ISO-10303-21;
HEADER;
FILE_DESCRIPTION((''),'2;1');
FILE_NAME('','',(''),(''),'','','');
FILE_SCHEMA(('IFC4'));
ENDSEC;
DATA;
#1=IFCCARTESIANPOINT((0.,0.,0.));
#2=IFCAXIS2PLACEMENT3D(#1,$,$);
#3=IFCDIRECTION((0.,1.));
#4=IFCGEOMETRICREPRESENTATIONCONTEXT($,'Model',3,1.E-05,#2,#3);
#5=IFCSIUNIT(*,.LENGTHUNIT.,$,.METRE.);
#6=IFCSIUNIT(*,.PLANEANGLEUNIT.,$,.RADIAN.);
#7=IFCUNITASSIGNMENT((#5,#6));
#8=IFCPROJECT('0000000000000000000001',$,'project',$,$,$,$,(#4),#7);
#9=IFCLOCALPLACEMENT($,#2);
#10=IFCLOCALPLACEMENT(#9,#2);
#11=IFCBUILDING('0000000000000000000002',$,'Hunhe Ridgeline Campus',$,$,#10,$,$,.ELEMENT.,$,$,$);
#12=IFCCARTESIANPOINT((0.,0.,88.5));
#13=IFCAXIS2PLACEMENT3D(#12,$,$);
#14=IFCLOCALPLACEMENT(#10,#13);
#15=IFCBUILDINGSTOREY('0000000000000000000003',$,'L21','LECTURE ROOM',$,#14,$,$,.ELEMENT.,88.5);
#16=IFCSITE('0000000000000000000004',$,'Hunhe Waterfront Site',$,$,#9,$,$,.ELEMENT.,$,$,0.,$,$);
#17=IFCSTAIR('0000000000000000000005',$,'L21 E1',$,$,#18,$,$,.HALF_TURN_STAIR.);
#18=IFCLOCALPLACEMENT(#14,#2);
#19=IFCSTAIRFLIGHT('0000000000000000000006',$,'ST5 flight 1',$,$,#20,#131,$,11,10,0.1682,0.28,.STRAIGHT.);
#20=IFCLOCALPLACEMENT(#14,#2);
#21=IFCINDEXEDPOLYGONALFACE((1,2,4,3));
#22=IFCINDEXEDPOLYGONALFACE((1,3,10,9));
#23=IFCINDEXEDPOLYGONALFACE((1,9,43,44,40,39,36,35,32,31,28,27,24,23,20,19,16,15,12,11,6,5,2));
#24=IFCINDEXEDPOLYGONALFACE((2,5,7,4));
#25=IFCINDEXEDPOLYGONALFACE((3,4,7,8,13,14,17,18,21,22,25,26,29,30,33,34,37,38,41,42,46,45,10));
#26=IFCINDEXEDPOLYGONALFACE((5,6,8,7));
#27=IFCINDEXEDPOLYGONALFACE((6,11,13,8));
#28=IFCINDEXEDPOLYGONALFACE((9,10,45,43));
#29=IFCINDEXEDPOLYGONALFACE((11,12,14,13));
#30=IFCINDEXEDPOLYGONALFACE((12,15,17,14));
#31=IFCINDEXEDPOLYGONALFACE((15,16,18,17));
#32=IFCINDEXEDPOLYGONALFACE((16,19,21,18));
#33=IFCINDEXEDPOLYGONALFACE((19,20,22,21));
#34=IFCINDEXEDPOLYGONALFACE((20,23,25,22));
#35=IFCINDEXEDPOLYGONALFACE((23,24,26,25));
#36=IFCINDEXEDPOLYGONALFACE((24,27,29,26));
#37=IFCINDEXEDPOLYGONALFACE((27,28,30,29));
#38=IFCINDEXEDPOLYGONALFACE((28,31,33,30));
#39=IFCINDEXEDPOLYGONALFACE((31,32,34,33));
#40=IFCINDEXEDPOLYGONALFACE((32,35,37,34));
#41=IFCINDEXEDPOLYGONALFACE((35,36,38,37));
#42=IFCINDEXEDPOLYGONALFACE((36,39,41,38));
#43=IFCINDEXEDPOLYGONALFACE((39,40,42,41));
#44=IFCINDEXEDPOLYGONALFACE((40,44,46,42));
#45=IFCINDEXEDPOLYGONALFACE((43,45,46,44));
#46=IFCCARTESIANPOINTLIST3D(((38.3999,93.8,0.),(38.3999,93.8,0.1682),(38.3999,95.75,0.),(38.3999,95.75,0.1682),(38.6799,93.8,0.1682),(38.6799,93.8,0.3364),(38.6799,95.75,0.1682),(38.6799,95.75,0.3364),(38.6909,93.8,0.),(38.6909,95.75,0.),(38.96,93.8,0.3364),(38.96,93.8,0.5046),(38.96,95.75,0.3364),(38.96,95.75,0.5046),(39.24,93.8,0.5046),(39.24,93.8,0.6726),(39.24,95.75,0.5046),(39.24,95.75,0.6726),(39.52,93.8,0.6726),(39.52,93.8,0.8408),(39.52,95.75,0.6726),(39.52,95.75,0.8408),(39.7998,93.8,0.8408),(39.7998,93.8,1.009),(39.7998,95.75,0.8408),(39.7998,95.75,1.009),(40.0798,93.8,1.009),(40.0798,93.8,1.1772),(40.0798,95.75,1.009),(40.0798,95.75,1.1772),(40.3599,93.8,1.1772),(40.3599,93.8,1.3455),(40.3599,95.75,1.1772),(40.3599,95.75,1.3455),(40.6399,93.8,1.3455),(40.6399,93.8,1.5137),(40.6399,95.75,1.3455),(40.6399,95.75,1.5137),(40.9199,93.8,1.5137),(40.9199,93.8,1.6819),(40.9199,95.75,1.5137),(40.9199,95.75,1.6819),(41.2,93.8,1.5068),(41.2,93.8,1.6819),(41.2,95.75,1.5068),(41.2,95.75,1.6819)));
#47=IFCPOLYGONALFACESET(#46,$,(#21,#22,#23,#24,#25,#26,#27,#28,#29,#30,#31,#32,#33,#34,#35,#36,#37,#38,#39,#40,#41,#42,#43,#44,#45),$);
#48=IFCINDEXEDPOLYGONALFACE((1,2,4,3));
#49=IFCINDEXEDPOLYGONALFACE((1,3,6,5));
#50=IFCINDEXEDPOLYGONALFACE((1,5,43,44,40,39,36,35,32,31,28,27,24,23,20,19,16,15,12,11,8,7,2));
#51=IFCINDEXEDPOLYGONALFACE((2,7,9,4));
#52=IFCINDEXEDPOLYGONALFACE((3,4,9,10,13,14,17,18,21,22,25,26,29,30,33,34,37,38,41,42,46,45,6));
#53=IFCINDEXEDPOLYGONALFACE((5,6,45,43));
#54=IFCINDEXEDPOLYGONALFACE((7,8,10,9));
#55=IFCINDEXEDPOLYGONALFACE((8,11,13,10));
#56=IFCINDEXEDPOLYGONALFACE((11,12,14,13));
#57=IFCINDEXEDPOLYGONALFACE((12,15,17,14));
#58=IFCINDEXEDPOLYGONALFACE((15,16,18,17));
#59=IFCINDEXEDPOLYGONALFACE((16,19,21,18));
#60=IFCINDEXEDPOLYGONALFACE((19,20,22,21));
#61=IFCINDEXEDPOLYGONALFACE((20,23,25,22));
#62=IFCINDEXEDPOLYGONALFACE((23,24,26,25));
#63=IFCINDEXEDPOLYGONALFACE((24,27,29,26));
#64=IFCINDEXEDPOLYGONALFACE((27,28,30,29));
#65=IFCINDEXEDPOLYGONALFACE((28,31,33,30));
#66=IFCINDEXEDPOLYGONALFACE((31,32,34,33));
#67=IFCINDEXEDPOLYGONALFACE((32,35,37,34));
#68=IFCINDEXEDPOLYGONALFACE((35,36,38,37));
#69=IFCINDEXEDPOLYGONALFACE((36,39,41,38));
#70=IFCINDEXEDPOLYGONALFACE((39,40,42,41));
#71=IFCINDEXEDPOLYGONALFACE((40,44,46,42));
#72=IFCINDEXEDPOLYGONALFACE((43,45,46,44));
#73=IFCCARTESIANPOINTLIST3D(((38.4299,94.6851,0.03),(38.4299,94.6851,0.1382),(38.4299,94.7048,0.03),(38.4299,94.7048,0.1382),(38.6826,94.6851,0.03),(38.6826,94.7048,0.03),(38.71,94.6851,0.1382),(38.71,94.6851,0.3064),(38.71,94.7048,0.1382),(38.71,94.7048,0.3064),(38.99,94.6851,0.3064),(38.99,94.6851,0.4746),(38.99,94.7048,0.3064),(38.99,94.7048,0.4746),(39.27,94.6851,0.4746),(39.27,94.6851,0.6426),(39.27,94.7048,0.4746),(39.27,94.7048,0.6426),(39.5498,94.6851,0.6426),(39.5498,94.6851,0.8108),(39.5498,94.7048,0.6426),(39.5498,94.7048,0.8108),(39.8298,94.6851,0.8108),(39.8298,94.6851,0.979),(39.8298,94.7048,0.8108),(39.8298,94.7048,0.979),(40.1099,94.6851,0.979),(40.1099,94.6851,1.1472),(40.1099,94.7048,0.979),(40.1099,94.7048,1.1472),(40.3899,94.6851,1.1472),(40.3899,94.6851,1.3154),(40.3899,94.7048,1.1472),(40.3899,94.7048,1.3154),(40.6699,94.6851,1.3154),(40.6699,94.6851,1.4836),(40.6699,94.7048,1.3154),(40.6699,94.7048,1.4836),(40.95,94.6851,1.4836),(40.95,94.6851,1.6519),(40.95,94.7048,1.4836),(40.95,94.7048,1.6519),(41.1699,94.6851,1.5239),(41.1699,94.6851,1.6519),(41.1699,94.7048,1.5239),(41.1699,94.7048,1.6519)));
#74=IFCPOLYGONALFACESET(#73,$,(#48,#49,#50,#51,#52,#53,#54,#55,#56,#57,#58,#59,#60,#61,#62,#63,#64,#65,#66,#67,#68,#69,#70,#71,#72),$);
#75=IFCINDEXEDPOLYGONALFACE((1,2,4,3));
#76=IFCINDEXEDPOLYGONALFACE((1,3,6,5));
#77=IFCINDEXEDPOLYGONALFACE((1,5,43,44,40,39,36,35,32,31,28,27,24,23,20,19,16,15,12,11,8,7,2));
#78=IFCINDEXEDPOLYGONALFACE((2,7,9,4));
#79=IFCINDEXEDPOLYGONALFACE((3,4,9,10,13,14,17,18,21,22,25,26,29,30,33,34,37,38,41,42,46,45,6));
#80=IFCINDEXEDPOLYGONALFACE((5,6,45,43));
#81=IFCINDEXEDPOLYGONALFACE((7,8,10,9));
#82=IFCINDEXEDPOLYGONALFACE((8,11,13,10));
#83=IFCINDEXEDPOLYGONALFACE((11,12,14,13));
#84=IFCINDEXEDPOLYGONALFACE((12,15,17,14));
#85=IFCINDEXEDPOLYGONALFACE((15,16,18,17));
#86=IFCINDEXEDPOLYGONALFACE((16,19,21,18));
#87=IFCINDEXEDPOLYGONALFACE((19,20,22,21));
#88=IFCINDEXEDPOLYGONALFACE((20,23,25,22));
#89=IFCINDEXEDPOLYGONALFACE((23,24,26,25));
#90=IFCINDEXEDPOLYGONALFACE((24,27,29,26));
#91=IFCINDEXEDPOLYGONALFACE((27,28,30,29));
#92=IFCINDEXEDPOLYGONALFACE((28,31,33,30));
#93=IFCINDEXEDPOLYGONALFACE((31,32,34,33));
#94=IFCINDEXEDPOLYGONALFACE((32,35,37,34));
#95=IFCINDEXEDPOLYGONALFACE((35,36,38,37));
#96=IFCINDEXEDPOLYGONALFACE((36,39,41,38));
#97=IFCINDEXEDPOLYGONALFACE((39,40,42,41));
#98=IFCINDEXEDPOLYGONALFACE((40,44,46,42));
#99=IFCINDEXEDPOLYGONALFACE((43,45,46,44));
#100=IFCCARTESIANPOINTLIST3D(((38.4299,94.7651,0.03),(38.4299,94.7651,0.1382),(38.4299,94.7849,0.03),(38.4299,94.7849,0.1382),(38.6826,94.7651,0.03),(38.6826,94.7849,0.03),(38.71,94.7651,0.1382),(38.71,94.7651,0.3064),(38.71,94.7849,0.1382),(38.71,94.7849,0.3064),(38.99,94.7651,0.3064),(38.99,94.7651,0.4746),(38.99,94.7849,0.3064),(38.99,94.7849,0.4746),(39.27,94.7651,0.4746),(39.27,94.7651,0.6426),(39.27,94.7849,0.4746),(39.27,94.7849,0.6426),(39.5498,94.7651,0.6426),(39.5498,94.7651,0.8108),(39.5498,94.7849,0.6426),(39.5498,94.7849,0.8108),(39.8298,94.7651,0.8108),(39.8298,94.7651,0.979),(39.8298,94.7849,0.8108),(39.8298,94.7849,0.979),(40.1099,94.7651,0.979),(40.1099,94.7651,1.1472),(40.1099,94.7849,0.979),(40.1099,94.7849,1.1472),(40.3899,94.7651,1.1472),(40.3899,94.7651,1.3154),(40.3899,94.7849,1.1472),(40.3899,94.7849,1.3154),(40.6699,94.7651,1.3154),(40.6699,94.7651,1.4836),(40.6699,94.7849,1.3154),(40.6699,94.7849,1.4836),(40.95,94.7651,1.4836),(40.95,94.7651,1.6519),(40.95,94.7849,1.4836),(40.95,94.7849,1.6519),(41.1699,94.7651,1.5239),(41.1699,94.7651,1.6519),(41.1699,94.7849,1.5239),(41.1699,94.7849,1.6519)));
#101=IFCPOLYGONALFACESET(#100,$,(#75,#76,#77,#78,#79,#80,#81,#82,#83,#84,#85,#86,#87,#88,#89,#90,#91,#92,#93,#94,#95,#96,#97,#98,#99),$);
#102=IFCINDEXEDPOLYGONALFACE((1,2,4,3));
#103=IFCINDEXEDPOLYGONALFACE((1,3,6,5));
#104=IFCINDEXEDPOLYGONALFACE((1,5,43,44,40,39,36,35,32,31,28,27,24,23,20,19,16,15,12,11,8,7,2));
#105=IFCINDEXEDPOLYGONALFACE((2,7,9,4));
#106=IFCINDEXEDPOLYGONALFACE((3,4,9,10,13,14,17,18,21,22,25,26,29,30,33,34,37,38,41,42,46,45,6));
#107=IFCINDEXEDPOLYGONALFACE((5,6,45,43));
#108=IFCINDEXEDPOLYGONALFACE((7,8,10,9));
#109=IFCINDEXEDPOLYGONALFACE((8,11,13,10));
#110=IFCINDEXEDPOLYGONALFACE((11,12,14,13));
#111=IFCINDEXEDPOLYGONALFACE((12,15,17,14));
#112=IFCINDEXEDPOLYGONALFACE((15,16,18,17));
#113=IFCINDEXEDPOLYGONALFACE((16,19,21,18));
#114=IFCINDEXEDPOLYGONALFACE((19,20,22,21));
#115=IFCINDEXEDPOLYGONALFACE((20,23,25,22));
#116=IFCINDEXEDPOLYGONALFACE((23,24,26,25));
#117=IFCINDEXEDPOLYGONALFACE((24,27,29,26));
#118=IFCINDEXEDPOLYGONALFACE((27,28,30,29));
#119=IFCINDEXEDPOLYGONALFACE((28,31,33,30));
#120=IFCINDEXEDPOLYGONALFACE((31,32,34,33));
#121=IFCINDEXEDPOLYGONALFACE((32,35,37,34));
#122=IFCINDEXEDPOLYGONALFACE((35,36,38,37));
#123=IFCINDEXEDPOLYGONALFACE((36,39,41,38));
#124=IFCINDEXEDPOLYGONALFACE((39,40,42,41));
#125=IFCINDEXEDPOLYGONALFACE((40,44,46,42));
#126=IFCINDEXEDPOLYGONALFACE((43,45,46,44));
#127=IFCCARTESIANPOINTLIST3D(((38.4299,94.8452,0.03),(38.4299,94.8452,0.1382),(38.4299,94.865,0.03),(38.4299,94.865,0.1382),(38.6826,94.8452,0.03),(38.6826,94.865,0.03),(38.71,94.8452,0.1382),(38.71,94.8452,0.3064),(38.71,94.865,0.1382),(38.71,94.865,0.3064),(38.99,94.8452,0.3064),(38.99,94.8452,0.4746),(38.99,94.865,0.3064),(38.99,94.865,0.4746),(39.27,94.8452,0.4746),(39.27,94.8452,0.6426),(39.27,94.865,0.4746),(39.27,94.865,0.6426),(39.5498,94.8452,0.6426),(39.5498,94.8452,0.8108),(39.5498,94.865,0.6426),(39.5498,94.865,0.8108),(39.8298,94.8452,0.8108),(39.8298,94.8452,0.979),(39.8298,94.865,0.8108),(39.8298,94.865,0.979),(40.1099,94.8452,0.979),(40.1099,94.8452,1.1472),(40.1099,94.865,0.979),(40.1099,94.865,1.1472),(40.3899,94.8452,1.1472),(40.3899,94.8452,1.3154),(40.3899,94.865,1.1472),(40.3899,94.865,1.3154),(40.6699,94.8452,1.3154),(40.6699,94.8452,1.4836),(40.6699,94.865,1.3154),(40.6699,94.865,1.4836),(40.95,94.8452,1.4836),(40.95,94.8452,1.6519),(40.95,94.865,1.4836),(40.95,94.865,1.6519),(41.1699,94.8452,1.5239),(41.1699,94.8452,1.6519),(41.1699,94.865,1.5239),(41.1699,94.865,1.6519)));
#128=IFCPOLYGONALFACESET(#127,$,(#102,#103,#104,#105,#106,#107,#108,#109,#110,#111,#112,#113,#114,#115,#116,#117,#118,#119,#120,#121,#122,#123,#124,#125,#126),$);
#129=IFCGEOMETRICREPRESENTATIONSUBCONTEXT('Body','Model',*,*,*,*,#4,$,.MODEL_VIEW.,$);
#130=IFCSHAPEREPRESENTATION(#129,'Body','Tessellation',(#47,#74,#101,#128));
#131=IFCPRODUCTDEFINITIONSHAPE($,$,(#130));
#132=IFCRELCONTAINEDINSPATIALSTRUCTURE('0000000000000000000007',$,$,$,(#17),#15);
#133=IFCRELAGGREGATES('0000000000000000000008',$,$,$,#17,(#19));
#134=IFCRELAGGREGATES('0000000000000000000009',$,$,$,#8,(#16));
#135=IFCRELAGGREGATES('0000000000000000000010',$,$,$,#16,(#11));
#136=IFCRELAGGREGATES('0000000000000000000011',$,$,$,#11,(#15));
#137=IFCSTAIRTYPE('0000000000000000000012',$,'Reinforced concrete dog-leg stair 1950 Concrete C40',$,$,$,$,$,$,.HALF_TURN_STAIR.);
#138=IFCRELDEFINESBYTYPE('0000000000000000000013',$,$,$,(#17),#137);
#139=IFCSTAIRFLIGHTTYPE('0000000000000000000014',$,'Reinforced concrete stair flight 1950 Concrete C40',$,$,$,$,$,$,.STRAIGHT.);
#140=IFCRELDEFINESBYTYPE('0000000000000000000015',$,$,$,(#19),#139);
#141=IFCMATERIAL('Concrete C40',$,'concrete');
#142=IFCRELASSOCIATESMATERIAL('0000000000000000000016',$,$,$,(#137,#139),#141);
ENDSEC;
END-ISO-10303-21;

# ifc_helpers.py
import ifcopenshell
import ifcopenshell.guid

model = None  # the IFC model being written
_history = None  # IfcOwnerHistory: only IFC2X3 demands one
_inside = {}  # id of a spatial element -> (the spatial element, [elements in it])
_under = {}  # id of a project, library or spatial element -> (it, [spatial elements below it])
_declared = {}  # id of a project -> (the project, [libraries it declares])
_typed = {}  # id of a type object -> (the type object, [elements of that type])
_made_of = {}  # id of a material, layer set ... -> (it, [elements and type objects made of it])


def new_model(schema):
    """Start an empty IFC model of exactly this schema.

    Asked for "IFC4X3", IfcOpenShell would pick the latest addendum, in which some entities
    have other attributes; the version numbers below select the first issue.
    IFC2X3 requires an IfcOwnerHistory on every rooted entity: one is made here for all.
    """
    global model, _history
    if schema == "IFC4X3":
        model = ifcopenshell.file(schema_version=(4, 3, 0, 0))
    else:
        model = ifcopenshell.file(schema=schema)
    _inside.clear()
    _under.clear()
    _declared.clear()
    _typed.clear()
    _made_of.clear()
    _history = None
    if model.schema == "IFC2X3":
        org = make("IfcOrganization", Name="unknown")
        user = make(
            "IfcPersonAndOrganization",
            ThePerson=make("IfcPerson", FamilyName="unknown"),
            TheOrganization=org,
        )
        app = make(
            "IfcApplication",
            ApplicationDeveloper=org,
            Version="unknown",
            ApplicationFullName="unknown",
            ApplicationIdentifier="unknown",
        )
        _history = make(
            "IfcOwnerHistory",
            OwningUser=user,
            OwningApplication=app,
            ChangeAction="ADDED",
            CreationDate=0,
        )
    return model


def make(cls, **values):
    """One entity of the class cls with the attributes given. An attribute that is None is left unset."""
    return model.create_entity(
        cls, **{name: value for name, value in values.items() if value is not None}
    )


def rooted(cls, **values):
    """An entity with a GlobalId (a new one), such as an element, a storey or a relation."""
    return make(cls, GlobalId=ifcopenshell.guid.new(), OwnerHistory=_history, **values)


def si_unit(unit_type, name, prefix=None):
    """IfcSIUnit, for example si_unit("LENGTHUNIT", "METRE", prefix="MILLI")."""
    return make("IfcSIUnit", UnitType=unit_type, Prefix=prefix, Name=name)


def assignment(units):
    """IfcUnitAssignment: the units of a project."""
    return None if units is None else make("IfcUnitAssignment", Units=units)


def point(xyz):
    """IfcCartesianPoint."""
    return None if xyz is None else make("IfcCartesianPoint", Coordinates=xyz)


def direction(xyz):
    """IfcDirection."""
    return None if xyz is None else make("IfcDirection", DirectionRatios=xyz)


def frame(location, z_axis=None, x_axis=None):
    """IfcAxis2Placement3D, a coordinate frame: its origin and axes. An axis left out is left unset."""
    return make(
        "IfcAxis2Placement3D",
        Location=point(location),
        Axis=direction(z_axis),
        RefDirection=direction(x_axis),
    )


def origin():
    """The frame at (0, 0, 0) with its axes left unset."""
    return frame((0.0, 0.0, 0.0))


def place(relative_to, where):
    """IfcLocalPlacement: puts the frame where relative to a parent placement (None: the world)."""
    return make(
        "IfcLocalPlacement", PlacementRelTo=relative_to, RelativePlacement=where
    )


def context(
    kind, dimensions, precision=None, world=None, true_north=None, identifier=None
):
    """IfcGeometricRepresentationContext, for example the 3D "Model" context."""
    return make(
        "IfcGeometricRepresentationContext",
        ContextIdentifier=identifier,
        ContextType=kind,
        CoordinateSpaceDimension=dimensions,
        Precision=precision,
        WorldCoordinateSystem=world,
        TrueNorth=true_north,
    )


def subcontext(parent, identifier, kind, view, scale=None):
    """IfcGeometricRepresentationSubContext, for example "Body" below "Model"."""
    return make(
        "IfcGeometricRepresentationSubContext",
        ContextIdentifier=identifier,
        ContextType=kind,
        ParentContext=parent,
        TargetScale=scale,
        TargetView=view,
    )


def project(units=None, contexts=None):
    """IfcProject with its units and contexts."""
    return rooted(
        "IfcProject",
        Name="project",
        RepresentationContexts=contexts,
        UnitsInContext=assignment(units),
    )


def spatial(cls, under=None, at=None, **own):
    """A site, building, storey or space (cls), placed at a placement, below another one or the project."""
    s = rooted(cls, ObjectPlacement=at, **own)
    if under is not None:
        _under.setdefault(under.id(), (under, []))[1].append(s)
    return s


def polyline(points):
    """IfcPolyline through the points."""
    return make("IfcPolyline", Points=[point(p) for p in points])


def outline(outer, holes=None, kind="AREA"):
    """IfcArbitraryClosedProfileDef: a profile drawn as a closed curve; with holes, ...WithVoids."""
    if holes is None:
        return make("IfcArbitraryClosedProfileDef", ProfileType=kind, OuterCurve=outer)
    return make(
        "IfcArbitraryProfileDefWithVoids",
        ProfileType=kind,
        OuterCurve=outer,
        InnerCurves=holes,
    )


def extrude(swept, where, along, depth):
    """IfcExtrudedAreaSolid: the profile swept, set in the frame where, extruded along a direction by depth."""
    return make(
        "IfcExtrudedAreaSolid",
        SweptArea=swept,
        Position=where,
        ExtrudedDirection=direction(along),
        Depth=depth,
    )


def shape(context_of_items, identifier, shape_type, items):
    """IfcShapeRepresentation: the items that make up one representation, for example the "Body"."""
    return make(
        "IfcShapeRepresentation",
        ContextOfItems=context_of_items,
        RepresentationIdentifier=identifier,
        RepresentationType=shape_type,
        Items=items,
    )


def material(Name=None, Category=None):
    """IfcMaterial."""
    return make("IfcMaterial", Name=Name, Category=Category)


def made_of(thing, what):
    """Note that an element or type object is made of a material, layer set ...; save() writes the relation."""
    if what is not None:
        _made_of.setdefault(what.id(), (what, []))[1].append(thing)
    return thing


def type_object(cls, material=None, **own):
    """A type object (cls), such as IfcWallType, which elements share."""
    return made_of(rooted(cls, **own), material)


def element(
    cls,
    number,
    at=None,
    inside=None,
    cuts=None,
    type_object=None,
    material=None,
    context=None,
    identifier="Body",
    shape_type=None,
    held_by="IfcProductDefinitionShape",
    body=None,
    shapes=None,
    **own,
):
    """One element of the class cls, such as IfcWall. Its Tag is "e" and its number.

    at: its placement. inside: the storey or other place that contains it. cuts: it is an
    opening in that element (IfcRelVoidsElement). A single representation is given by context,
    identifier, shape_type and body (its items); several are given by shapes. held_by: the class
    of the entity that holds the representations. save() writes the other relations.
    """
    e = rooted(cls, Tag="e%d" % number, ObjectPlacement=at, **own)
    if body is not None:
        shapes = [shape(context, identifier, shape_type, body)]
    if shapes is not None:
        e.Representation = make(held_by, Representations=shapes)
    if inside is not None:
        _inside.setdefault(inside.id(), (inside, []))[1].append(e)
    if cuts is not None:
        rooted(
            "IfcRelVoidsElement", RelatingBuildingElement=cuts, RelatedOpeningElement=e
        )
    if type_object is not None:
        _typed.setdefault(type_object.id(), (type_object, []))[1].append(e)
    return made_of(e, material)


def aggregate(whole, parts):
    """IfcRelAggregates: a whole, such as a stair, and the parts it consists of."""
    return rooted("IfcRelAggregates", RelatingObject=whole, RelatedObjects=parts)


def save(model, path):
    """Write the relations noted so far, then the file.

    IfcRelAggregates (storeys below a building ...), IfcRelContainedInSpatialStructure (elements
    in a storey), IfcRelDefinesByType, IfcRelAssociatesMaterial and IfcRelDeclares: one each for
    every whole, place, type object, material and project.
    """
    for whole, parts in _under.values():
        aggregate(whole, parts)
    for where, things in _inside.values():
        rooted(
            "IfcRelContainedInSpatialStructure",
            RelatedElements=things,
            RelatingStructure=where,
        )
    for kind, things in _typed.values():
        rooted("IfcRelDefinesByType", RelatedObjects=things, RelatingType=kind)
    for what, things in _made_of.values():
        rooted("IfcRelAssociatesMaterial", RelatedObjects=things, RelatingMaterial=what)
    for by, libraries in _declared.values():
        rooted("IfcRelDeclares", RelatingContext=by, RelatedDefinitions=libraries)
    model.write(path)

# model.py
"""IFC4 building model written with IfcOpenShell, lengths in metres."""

from ifc_helpers import new_model, si_unit, direction, frame, origin, place, context, subcontext, project, spatial, polyline, outline, extrude, material, type_object, element, aggregate, save


model = new_model("IFC4")

# Units and contexts
model_context = context("Model", 3, precision=1e-05, world=origin(), true_north=direction((0.0, 1.0)))
body_context = subcontext(model_context, "Body", "Model", "MODEL_VIEW")
ifc_project = project(units=[si_unit("LENGTHUNIT", "METRE"), si_unit("PLANEANGLEUNIT", "RADIAN")], contexts=[model_context])

# Site, building, storey
site_placement = place(None, origin())
site = spatial("IfcSite", under=ifc_project, at=site_placement, Name="Hunhe Waterfront Site", CompositionType="ELEMENT", RefElevation=0.0)
building_placement = place(site_placement, origin())
building = spatial("IfcBuilding", under=site, at=building_placement, Name="Hunhe Ridgeline Campus", CompositionType="ELEMENT")
storey_placement = place(building_placement, frame((0.0, 0.0, 88.5)))
storey = spatial("IfcBuildingStorey", under=building, at=storey_placement, Name="L21", Description="LECTURE ROOM", CompositionType="ELEMENT", Elevation=88.5)

# Shared definitions
ifc_material_1 = material(Name="Concrete C40", Category="concrete")
stair_type = type_object("IfcStairType", Name="Reinforced concrete dog-leg stair 1950 Concrete C40", PredefinedType="HALF_TURN_STAIR", material=ifc_material_1)
stair_flight_type = type_object("IfcStairFlightType", Name="Reinforced concrete stair flight 1950 Concrete C40", PredefinedType="STRAIGHT", material=ifc_material_1)

# Stair, stair flight
stair_1_placement = place(storey_placement, origin())
stair_1 = element("IfcStair", 1, at=stair_1_placement, inside=storey, type_object=stair_type, Name="L21 E1", PredefinedType="HALF_TURN_STAIR")
stair_flight_1_placement = place(storey_placement, frame((38.3999, 94.7749, 0.0), z_axis=(0.0, 0.0, 1.0), x_axis=(1.0, 0.0, 0.0)))
stair_flight_1 = element("IfcStairFlight", 2, at=stair_flight_1_placement, type_object=stair_flight_type, Name="ST5 flight 1", NumberOfRisers=11, NumberOfTreads=10, PredefinedType="STRAIGHT", RiserHeight=0.1682, TreadLength=0.28, context=body_context, shape_type="SweptSolid", body=[
    extrude(outline(polyline([(0.0, 0.0), (0.0, 0.1682), (0.28, 0.1682), (0.28, 0.3364), (0.5601, 0.3364), (0.5601, 0.5046), (0.8401, 0.5046), (0.8401, 0.6726), (1.1201, 0.6726), (1.1201, 0.8408), (1.3999, 0.8408), (1.3999, 1.009), (1.6799, 1.009), (1.6799, 1.1772), (1.96, 1.1772), (1.96, 1.3455), (2.24, 1.3455), (2.24, 1.5137), (2.52, 1.5137), (2.52, 1.6819), (2.8, 1.6819), (2.8, 1.8501), (2.8, 1.5068), (0.291, 0.0), (0.0, 0.0)])), frame((0.0, 0.9751, 0.0), z_axis=(0.0, -1.0, 0.0), x_axis=(1.0, 0.0, 0.0)), (0.0, 0.0, 1.0), 1.95),
    extrude(outline(polyline([(0.03, 0.03), (0.03, 0.1382), (0.3101, 0.1382), (0.3101, 0.3064), (0.5901, 0.3064), (0.5901, 0.4746), (0.8701, 0.4746), (0.8701, 0.6426), (1.1499, 0.6426), (1.1499, 0.8108), (1.4299, 0.8108), (1.4299, 0.979), (1.71, 0.979), (1.71, 1.1472), (1.99, 1.1472), (1.99, 1.3154), (2.27, 1.3154), (2.27, 1.4836), (2.55, 1.4836), (2.55, 1.6519), (2.77, 1.6519), (2.77, 1.5239), (0.2827, 0.03), (0.03, 0.03)])), frame((0.0, -0.0701, 0.0), z_axis=(0.0, -1.0, 0.0), x_axis=(1.0, 0.0, 0.0)), (0.0, 0.0, 1.0), 0.0198),
    extrude(outline(polyline([(0.03, 0.03), (0.03, 0.1382), (0.3101, 0.1382), (0.3101, 0.3064), (0.5901, 0.3064), (0.5901, 0.4746), (0.8701, 0.4746), (0.8701, 0.6426), (1.1499, 0.6426), (1.1499, 0.8108), (1.4299, 0.8108), (1.4299, 0.979), (1.71, 0.979), (1.71, 1.1472), (1.99, 1.1472), (1.99, 1.3154), (2.27, 1.3154), (2.27, 1.4836), (2.55, 1.4836), (2.55, 1.6519), (2.77, 1.6519), (2.77, 1.5239), (0.2827, 0.03), (0.03, 0.03)])), frame((0.0, 0.01, 0.0), z_axis=(0.0, -1.0, 0.0), x_axis=(1.0, 0.0, 0.0)), (0.0, 0.0, 1.0), 0.0198),
    extrude(outline(polyline([(0.03, 0.03), (0.03, 0.1382), (0.3101, 0.1382), (0.3101, 0.3064), (0.5901, 0.3064), (0.5901, 0.4746), (0.8701, 0.4746), (0.8701, 0.6426), (1.1499, 0.6426), (1.1499, 0.8108), (1.4299, 0.8108), (1.4299, 0.979), (1.71, 0.979), (1.71, 1.1472), (1.99, 1.1472), (1.99, 1.3154), (2.27, 1.3154), (2.27, 1.4836), (2.55, 1.4836), (2.55, 1.6519), (2.77, 1.6519), (2.77, 1.5239), (0.2827, 0.03), (0.03, 0.03)])), frame((0.0, 0.0901, 0.0), z_axis=(0.0, -1.0, 0.0), x_axis=(1.0, 0.0, 0.0)), (0.0, 0.0, 1.0), 0.0198),
])
aggregate(stair_1, [stair_flight_1])

save(model, "model.ifc")
